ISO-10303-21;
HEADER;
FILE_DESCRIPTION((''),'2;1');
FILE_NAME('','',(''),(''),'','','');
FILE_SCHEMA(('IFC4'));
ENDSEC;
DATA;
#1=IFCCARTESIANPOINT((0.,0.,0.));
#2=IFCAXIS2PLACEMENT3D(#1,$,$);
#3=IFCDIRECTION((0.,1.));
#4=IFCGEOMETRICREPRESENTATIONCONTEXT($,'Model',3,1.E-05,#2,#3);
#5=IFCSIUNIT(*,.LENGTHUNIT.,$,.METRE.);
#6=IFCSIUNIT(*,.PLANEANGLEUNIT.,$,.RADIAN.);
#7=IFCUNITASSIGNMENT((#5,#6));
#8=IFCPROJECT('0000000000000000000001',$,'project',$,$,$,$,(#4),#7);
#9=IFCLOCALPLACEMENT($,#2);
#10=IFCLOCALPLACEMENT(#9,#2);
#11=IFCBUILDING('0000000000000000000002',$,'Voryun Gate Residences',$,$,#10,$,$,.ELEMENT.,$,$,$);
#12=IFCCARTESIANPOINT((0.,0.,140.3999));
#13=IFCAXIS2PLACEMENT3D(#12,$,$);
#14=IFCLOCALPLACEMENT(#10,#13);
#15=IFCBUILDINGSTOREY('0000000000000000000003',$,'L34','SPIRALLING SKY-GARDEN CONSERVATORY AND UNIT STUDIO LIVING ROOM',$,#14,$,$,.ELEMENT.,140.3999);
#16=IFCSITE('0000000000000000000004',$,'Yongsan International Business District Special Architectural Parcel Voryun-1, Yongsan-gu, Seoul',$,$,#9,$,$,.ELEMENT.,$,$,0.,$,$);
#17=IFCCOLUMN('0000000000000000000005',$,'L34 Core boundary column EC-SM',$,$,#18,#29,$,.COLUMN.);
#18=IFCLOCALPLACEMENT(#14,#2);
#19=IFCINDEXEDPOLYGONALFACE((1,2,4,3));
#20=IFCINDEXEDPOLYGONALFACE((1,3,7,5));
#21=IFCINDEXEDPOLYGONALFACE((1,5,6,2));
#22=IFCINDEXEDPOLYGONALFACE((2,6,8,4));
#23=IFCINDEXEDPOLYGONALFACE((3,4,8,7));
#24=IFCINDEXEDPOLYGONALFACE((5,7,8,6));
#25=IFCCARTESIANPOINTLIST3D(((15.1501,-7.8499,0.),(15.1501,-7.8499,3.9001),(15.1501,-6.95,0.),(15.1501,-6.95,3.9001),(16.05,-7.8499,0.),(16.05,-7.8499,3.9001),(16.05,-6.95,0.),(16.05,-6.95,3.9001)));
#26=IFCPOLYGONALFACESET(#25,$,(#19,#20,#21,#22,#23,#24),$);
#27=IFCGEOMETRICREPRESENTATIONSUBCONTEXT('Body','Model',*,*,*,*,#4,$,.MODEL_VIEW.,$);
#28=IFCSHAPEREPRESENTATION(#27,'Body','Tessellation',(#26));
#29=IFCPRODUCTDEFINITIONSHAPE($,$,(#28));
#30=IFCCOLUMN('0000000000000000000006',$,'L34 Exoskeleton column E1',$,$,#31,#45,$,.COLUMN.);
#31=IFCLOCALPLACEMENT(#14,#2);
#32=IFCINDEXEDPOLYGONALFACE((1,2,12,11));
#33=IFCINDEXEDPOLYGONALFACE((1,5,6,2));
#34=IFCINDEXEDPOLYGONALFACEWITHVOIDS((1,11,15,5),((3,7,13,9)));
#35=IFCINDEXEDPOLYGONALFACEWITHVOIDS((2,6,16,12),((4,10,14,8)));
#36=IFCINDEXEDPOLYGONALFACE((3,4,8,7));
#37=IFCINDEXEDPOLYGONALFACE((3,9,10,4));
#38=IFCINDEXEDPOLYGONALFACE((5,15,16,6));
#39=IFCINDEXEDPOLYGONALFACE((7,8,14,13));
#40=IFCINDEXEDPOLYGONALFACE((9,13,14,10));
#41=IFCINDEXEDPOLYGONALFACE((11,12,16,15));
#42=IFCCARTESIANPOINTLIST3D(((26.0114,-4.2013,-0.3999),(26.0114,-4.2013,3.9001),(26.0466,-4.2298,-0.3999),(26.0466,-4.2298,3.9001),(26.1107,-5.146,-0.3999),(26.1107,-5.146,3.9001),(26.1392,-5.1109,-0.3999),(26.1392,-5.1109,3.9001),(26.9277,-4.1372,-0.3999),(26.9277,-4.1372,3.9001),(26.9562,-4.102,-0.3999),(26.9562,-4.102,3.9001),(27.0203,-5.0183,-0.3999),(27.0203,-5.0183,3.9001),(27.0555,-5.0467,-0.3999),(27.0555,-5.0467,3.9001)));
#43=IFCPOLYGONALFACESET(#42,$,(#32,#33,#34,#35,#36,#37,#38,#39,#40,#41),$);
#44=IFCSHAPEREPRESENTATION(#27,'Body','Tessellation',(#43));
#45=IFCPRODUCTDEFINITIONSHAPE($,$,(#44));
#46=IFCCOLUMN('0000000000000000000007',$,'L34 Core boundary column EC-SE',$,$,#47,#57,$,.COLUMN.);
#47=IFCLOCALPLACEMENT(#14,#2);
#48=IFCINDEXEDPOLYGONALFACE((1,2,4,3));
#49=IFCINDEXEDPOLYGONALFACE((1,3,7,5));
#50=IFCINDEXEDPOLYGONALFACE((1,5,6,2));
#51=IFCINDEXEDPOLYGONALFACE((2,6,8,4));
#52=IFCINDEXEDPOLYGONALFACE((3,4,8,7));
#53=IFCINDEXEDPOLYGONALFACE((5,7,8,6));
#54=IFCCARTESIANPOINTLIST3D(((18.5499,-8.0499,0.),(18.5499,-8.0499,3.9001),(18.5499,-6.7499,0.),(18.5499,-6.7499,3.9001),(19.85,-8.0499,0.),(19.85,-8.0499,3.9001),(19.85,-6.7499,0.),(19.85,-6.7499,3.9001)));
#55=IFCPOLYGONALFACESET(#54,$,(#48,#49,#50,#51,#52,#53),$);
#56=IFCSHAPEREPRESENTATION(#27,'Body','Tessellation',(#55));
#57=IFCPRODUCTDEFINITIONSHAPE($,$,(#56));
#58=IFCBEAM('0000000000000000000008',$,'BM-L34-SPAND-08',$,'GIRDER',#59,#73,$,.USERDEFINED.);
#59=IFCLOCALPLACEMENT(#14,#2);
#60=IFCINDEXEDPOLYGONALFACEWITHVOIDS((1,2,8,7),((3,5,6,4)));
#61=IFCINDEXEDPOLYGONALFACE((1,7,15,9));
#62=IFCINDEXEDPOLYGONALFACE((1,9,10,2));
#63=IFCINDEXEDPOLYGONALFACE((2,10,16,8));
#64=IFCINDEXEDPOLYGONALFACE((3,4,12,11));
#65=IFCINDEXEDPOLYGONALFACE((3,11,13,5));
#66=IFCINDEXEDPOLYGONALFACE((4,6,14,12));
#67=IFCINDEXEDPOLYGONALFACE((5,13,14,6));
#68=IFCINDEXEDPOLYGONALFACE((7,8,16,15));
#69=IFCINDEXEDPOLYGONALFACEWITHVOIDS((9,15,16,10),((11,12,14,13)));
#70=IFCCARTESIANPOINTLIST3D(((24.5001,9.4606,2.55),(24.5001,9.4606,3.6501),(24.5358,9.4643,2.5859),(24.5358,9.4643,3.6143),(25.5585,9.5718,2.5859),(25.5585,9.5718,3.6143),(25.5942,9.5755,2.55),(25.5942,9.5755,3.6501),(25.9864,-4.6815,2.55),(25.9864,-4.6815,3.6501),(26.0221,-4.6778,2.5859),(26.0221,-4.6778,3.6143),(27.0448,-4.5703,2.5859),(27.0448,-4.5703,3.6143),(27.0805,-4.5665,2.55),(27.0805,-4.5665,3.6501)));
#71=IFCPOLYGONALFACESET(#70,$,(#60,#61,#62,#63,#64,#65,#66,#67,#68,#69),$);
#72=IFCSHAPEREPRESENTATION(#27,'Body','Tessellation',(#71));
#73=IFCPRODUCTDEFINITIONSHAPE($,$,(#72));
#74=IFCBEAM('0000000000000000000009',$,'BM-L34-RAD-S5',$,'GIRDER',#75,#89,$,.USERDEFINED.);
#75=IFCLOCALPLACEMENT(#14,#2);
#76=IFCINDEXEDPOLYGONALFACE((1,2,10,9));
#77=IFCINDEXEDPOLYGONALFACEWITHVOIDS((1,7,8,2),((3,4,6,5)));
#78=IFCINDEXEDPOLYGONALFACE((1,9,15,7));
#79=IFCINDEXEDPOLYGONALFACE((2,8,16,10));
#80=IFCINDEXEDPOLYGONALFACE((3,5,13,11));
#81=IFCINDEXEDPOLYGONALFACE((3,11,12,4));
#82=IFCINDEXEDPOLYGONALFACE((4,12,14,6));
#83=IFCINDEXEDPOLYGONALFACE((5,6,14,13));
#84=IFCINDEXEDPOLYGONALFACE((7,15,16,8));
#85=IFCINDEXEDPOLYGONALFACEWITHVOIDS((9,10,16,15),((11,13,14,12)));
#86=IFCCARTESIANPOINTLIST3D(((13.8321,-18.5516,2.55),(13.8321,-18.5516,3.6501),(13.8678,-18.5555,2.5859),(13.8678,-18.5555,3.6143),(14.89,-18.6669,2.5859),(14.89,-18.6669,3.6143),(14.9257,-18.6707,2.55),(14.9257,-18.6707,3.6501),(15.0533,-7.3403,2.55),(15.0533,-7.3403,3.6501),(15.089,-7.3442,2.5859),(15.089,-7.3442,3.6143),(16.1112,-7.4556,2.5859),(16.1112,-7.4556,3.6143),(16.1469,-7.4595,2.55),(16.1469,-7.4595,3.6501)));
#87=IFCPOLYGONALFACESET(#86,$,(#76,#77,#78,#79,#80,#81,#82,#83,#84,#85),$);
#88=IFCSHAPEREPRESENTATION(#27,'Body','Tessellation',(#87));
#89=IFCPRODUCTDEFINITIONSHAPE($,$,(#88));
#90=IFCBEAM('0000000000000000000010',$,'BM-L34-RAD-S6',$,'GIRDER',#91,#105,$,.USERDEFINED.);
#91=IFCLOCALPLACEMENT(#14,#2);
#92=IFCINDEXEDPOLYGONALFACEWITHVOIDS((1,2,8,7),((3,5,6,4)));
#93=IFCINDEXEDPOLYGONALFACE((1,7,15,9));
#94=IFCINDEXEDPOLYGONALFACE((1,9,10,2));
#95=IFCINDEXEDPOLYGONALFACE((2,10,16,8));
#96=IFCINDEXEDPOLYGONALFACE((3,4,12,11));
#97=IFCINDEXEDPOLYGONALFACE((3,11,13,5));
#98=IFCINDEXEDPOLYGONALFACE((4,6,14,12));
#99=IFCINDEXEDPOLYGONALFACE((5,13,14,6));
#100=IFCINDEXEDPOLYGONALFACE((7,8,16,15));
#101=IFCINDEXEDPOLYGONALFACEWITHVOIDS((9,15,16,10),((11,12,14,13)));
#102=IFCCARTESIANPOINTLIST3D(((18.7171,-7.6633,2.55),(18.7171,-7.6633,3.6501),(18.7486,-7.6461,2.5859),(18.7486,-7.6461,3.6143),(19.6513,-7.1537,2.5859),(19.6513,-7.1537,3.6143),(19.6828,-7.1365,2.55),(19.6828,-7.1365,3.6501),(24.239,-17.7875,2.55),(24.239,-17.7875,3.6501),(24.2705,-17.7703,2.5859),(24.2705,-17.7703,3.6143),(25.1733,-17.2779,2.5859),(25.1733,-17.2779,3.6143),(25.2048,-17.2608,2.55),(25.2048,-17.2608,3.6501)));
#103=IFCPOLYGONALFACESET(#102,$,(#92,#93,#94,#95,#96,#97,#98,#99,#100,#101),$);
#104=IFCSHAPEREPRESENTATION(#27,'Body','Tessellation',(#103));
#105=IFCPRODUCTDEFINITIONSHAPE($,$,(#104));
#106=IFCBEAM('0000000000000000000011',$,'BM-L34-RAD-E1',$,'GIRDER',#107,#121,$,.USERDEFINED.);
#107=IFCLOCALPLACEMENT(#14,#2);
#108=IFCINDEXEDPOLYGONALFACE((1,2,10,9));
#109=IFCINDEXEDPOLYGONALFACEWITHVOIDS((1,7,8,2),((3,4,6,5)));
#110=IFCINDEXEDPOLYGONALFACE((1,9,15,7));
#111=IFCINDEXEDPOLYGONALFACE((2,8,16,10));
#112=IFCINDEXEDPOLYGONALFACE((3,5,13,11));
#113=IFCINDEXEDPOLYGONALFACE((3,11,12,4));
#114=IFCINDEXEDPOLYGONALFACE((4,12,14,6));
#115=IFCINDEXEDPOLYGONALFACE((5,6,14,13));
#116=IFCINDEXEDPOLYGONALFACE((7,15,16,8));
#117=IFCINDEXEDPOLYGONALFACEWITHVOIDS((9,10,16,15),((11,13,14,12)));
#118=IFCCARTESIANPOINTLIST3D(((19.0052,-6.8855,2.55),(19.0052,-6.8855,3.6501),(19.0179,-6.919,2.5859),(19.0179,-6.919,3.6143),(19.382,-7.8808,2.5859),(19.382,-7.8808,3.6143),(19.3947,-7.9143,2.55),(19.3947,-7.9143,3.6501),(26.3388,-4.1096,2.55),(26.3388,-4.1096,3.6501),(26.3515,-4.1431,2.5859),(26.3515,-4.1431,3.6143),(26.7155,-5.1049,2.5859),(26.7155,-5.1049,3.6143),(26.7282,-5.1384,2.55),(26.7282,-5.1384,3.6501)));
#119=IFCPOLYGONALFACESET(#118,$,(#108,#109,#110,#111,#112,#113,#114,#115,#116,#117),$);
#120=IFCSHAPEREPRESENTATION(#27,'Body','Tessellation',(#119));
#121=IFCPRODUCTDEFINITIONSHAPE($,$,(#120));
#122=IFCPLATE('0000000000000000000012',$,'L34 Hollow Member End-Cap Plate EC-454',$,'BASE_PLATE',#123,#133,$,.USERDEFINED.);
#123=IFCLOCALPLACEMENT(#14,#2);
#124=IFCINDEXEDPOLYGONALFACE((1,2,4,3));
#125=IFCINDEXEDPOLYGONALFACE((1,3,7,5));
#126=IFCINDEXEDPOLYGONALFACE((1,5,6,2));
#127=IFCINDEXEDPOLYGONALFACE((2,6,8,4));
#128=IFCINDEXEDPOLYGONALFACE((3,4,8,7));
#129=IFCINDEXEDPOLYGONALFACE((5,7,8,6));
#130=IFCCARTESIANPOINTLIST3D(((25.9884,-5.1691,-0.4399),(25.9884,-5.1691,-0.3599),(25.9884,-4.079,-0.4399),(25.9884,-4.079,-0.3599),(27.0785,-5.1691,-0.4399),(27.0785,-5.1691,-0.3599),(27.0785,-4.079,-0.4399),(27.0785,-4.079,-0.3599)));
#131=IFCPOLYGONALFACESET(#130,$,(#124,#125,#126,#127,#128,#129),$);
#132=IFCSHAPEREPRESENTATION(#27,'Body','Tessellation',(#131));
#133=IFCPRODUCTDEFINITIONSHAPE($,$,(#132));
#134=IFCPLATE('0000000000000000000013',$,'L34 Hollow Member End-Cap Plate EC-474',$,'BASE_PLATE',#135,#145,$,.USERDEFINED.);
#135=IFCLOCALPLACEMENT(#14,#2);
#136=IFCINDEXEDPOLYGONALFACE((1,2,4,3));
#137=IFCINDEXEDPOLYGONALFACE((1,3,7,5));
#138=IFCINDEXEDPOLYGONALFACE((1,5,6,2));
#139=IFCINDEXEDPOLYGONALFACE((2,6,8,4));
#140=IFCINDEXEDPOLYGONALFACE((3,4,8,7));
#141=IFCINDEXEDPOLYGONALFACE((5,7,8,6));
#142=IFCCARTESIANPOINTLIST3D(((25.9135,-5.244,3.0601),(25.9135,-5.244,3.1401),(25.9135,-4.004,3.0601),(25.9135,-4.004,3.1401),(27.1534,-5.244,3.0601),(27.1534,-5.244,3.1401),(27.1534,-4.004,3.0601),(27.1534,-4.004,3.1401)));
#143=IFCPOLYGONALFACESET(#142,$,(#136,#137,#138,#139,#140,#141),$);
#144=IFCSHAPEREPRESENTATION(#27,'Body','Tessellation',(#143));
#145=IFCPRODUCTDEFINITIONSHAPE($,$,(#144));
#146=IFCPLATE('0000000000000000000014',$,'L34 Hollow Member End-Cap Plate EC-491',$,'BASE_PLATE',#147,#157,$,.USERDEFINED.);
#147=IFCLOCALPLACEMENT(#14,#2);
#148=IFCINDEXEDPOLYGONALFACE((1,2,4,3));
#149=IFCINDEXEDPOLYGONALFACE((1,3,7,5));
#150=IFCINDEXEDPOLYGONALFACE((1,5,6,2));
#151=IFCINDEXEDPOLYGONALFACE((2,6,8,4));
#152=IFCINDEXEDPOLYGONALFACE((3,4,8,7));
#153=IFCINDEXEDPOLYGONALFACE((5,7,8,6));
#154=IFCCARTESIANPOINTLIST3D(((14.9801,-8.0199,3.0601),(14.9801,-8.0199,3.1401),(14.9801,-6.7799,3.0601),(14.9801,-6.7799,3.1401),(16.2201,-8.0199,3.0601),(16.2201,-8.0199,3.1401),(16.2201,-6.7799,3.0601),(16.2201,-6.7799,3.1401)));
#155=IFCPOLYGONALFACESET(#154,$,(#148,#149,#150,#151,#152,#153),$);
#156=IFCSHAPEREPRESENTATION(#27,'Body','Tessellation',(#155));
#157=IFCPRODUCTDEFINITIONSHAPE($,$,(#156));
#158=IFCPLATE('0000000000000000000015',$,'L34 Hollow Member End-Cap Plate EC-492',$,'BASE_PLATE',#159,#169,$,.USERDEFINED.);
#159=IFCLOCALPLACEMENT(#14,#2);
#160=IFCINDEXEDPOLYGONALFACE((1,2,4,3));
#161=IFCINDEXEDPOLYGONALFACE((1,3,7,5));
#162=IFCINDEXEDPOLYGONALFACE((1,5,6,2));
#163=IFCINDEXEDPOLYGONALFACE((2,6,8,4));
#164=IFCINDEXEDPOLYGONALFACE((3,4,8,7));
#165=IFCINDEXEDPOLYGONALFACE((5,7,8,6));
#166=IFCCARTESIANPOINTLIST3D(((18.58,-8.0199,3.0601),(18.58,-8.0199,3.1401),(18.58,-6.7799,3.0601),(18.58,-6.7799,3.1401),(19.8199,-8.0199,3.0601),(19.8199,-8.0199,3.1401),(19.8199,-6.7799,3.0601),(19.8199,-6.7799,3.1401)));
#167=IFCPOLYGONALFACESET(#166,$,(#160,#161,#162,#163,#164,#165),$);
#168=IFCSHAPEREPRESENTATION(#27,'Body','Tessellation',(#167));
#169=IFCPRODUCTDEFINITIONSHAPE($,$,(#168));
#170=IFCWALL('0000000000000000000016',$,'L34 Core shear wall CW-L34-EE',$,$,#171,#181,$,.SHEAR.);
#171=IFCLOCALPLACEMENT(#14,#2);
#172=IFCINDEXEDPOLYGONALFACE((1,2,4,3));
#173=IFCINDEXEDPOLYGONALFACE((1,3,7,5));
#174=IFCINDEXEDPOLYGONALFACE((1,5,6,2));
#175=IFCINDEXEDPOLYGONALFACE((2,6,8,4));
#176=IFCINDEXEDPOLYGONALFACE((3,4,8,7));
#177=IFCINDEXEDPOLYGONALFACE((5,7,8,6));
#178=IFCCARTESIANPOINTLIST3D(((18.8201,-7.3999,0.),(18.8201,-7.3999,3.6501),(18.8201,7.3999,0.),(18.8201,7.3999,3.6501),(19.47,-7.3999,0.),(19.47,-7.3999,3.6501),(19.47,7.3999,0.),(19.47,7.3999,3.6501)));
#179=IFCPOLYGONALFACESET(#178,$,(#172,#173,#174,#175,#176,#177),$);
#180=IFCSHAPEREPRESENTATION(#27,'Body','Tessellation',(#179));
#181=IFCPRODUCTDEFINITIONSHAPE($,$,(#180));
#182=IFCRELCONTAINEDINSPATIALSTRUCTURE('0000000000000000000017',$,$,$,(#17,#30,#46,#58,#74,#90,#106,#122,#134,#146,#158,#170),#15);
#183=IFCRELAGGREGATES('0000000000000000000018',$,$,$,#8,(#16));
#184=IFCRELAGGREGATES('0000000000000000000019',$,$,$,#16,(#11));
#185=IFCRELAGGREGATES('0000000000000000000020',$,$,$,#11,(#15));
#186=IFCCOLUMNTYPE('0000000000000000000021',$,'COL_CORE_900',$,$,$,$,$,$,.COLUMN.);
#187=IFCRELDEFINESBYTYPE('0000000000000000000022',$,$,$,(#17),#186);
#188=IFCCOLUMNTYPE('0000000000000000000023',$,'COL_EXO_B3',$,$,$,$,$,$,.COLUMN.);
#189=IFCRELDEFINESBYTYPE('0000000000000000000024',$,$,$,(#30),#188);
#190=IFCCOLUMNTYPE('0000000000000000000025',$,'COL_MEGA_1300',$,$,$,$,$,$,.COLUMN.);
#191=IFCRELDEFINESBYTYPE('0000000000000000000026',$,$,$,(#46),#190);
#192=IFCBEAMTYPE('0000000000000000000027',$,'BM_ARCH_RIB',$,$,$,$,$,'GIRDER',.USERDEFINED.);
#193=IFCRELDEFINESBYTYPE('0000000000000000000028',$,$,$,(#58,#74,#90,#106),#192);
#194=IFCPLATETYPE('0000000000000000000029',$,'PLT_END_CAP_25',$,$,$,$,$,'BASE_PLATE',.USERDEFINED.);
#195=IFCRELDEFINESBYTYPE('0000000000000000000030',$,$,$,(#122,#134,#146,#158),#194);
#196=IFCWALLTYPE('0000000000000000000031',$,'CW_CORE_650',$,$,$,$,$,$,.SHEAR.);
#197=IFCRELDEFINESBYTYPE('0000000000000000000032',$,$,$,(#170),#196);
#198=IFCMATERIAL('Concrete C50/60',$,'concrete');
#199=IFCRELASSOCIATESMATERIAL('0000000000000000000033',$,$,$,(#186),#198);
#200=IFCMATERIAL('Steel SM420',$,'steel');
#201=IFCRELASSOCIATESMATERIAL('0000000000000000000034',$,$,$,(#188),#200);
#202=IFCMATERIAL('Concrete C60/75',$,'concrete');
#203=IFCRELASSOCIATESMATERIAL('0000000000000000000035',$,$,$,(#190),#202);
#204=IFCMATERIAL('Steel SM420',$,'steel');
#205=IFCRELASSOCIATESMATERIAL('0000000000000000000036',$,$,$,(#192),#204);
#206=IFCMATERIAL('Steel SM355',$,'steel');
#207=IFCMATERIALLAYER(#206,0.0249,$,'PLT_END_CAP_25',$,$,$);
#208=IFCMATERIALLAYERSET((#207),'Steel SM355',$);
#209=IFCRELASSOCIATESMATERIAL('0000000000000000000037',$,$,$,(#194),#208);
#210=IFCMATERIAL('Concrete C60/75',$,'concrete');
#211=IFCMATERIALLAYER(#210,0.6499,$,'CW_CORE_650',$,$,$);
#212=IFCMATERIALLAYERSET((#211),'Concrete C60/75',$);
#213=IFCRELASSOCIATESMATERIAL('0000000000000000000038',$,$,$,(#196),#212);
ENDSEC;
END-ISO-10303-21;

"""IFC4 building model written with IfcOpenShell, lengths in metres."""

from ifc_helpers import new_model, si_unit, direction, frame, frame_2d, origin, origin_2d, place, context, subcontext, project, spatial, rectangle, hollow_rectangle, extrude, material, layer, layer_set, material_profile, profile_set, type_object, element, save


model = new_model("IFC4")

# Units and contexts
model_context = context("Model", 3, precision=1e-05, world=origin(), true_north=direction((0.0, 1.0)))
body_context = subcontext(model_context, "Body", "Model", "MODEL_VIEW")
ifc_project = project(units=[si_unit("LENGTHUNIT", "METRE"), si_unit("PLANEANGLEUNIT", "RADIAN")], contexts=[model_context])

# Site, building, storey
site_placement = place(None, origin())
site = spatial("IfcSite", under=ifc_project, at=site_placement, Name="Yongsan International Business District Special Architectural Parcel Voryun-1, Yongsan-gu, Seoul", CompositionType="ELEMENT", RefElevation=0.0)
building_placement = place(site_placement, origin())
building = spatial("IfcBuilding", under=site, at=building_placement, Name="Voryun Gate Residences", CompositionType="ELEMENT")
storey_placement = place(building_placement, frame((0.0, 0.0, 140.3999)))
storey = spatial("IfcBuildingStorey", under=building, at=storey_placement, Name="L34", Description="SPIRALLING SKY-GARDEN CONSERVATORY AND UNIT STUDIO LIVING ROOM", CompositionType="ELEMENT", Elevation=140.3999)

# Columns
ifc_material_1 = material(Name="Concrete C50/60", Category="concrete")
ifc_material_profile_1 = material_profile(ifc_material_1, rectangle(XDim=0.8999, YDim=0.8999, at=origin_2d()), Name="RC-900x900")
ifc_profile_set_1 = profile_set([ifc_material_profile_1], Name="Concrete C50/60")
column_type_1 = type_object("IfcColumnType", Name="COL_CORE_900", PredefinedType="COLUMN", material=ifc_profile_set_1)
column_1_placement = place(storey_placement, frame((15.6001, -7.3999, 0.0), z_axis=(0.0, 0.0, 1.0), x_axis=(1.0, 0.0, 0.0)))
element("IfcColumn", 1, at=column_1_placement, inside=storey, type_object=column_type_1, Name="L34 Core boundary column EC-SM", PredefinedType="COLUMN", context=body_context, shape_type="SweptSolid", body=[
    extrude(rectangle(XDim=0.8999, YDim=0.8999, at=origin_2d()), origin(), (0.0, 0.0, 1.0), 3.9001),
])
ifc_material_2 = material(Name="Steel SM420", Category="steel")
ifc_material_profile_2 = material_profile(ifc_material_2, hollow_rectangle(XDim=0.95, YDim=0.95, WallThickness=0.032, at=origin_2d()), Name="BOX-950x950x32")
ifc_profile_set_2 = profile_set([ifc_material_profile_2], Name="Steel SM420")
column_type_2 = type_object("IfcColumnType", Name="COL_EXO_B3", PredefinedType="COLUMN", material=ifc_profile_set_2)
column_2_placement = place(storey_placement, frame((26.5334, -4.624, -0.3999), z_axis=(0.0, 0.0, 1.0), x_axis=(0.994522, 0.104528, 0.0)))
element("IfcColumn", 2, at=column_2_placement, inside=storey, type_object=column_type_2, Name="L34 Exoskeleton column E1", PredefinedType="COLUMN", context=body_context, shape_type="SweptSolid", body=[
    extrude(hollow_rectangle(XDim=0.95, YDim=0.95, WallThickness=0.032, at=origin_2d()), origin(), (0.0, 0.0, 1.0), 4.3),
])
ifc_material_3 = material(Name="Concrete C60/75", Category="concrete")
ifc_material_profile_3 = material_profile(ifc_material_3, rectangle(XDim=1.3, YDim=1.3, at=origin_2d()), Name="RC-1300x1300")
ifc_profile_set_3 = profile_set([ifc_material_profile_3], Name="Concrete C60/75")
column_type_3 = type_object("IfcColumnType", Name="COL_MEGA_1300", PredefinedType="COLUMN", material=ifc_profile_set_3)
column_3_placement = place(storey_placement, frame((19.2, -7.3999, 0.0), z_axis=(0.0, 0.0, 1.0), x_axis=(1.0, 0.0, 0.0)))
element("IfcColumn", 3, at=column_3_placement, inside=storey, type_object=column_type_3, Name="L34 Core boundary column EC-SE", PredefinedType="COLUMN", context=body_context, shape_type="SweptSolid", body=[
    extrude(rectangle(XDim=1.3, YDim=1.3, at=origin_2d()), origin(), (0.0, 0.0, 1.0), 3.9001),
])

# Beams
ifc_material_4 = material(Name="Steel SM420", Category="steel")
ifc_material_profile_4 = material_profile(ifc_material_4, hollow_rectangle(XDim=1.1001, YDim=1.1001, WallThickness=0.0359, at=origin_2d()), Name="BOX-1100x1100x36")
ifc_profile_set_4 = profile_set([ifc_material_profile_4], Name="Steel SM420")
beam_type = type_object("IfcBeamType", Name="BM_ARCH_RIB", ElementType="GIRDER", PredefinedType="USERDEFINED", material=ifc_profile_set_4)
beam_1_placement = place(storey_placement, frame((26.5334, -4.624, 3.1001), z_axis=(-0.104524, 0.994522, 0.0), x_axis=(-0.994522, -0.104524, 0.0)))
element("IfcBeam", 4, at=beam_1_placement, inside=storey, type_object=beam_type, Name="BM-L34-SPAND-08", ObjectType="GIRDER", PredefinedType="USERDEFINED", context=body_context, shape_type="SweptSolid", body=[
    extrude(hollow_rectangle(XDim=1.1001, YDim=1.1001, WallThickness=0.0359, at=origin_2d()), origin(), (0.0, 0.0, 1.0), 14.22),
])
beam_2_placement = place(storey_placement, frame((15.6001, -7.3999, 3.1001), z_axis=(-0.108286, -0.99412, 0.0), x_axis=(0.99412, -0.108286, 0.0)))
element("IfcBeam", 5, at=beam_2_placement, inside=storey, type_object=beam_type, Name="BM-L34-RAD-S5", ObjectType="GIRDER", PredefinedType="USERDEFINED", context=body_context, shape_type="SweptSolid", body=[
    extrude(hollow_rectangle(XDim=1.1001, YDim=1.1001, WallThickness=0.0359, at=origin_2d()), origin(), (0.0, 0.0, 1.0), 11.2776),
])
beam_3_placement = place(storey_placement, frame((19.2, -7.3999, 3.1001), z_axis=(0.478828, -0.877909, 0.0), x_axis=(0.877909, 0.478828, 0.0)))
element("IfcBeam", 6, at=beam_3_placement, inside=storey, type_object=beam_type, Name="BM-L34-RAD-S6", ObjectType="GIRDER", PredefinedType="USERDEFINED", context=body_context, shape_type="SweptSolid", body=[
    extrude(hollow_rectangle(XDim=1.1001, YDim=1.1001, WallThickness=0.0359, at=origin_2d()), origin(), (0.0, 0.0, 1.0), 11.5322),
])
beam_4_placement = place(storey_placement, frame((19.2, -7.3999, 3.1001), z_axis=(0.935242, 0.354008, 0.0), x_axis=(-0.354008, 0.935242, 0.0)))
element("IfcBeam", 7, at=beam_4_placement, inside=storey, type_object=beam_type, Name="BM-L34-RAD-E1", ObjectType="GIRDER", PredefinedType="USERDEFINED", context=body_context, shape_type="SweptSolid", body=[
    extrude(hollow_rectangle(XDim=1.1001, YDim=1.1001, WallThickness=0.0359, at=origin_2d()), origin(), (0.0, 0.0, 1.0), 7.8413),
])

# Plates
ifc_material_5 = material(Name="Steel SM355", Category="steel")
ifc_layer_1 = layer(ifc_material_5, 0.0249, Name="PLT_END_CAP_25")
ifc_layer_set_1 = layer_set([ifc_layer_1], Name="Steel SM355")
plate_type = type_object("IfcPlateType", Name="PLT_END_CAP_25", ElementType="BASE_PLATE", PredefinedType="USERDEFINED", material=ifc_layer_set_1)
plate_placement = place(storey_placement, frame((26.5334, -4.624, -0.4399), z_axis=(0.0, 0.0, 1.0), x_axis=(1.0, 0.0, 0.0)))
element("IfcPlate", 8, at=plate_placement, inside=storey, type_object=plate_type, Name="L34 Hollow Member End-Cap Plate EC-454", ObjectType="BASE_PLATE", PredefinedType="USERDEFINED", context=body_context, shape_type="SweptSolid", body=[
    extrude(rectangle(XDim=1.0901, YDim=1.0901, at=origin_2d()), origin(), (0.0, 0.0, 1.0), 0.0801),
])
for number, where, z_axis, x_axis, name in (
    (9, (26.5334, -4.624, 3.0601), (0.0, 0.0, 1.0), (1.0, 0.0, 0.0), "L34 Hollow Member End-Cap Plate EC-474"),
    (10, (15.6001, -7.3999, 3.0601), (0.0, 0.0, 1.0), (1.0, 0.0, 0.0), "L34 Hollow Member End-Cap Plate EC-491"),
    (11, (19.2, -7.3999, 3.0601), (0.0, 0.0, 1.0), (1.0, 0.0, 0.0), "L34 Hollow Member End-Cap Plate EC-492"),
):
    element("IfcPlate", number, at=place(storey_placement, frame(where, z_axis=z_axis, x_axis=x_axis)), inside=storey, type_object=plate_type, Name=name, ObjectType="BASE_PLATE", PredefinedType="USERDEFINED", context=body_context, shape_type="SweptSolid", body=[
        extrude(rectangle(XDim=1.24, YDim=1.24, at=origin_2d()), origin(), (0.0, 0.0, 1.0), 0.0801),
    ])

# Wall
ifc_material_6 = material(Name="Concrete C60/75", Category="concrete")
ifc_layer_2 = layer(ifc_material_6, 0.6499, Name="CW_CORE_650")
ifc_layer_set_2 = layer_set([ifc_layer_2], Name="Concrete C60/75")
wall_type_1 = type_object("IfcWallType", Name="CW_CORE_650", PredefinedType="SHEAR", material=ifc_layer_set_2)
wall_1_placement = place(storey_placement, frame((19.145, -7.3999, 0.0), z_axis=(0.0, 0.0, 1.0), x_axis=(0.0, 1.0, 0.0)))
element("IfcWall", 12, at=wall_1_placement, inside=storey, type_object=wall_type_1, Name="L34 Core shear wall CW-L34-EE", PredefinedType="SHEAR", context=body_context, shape_type="SweptSolid", body=[
    extrude(rectangle(XDim=14.7998, YDim=0.6499, at=frame_2d((7.3999, 0.0))), origin(), (0.0, 0.0, 1.0), 3.6501),
])

save(model, "model.ifc")
